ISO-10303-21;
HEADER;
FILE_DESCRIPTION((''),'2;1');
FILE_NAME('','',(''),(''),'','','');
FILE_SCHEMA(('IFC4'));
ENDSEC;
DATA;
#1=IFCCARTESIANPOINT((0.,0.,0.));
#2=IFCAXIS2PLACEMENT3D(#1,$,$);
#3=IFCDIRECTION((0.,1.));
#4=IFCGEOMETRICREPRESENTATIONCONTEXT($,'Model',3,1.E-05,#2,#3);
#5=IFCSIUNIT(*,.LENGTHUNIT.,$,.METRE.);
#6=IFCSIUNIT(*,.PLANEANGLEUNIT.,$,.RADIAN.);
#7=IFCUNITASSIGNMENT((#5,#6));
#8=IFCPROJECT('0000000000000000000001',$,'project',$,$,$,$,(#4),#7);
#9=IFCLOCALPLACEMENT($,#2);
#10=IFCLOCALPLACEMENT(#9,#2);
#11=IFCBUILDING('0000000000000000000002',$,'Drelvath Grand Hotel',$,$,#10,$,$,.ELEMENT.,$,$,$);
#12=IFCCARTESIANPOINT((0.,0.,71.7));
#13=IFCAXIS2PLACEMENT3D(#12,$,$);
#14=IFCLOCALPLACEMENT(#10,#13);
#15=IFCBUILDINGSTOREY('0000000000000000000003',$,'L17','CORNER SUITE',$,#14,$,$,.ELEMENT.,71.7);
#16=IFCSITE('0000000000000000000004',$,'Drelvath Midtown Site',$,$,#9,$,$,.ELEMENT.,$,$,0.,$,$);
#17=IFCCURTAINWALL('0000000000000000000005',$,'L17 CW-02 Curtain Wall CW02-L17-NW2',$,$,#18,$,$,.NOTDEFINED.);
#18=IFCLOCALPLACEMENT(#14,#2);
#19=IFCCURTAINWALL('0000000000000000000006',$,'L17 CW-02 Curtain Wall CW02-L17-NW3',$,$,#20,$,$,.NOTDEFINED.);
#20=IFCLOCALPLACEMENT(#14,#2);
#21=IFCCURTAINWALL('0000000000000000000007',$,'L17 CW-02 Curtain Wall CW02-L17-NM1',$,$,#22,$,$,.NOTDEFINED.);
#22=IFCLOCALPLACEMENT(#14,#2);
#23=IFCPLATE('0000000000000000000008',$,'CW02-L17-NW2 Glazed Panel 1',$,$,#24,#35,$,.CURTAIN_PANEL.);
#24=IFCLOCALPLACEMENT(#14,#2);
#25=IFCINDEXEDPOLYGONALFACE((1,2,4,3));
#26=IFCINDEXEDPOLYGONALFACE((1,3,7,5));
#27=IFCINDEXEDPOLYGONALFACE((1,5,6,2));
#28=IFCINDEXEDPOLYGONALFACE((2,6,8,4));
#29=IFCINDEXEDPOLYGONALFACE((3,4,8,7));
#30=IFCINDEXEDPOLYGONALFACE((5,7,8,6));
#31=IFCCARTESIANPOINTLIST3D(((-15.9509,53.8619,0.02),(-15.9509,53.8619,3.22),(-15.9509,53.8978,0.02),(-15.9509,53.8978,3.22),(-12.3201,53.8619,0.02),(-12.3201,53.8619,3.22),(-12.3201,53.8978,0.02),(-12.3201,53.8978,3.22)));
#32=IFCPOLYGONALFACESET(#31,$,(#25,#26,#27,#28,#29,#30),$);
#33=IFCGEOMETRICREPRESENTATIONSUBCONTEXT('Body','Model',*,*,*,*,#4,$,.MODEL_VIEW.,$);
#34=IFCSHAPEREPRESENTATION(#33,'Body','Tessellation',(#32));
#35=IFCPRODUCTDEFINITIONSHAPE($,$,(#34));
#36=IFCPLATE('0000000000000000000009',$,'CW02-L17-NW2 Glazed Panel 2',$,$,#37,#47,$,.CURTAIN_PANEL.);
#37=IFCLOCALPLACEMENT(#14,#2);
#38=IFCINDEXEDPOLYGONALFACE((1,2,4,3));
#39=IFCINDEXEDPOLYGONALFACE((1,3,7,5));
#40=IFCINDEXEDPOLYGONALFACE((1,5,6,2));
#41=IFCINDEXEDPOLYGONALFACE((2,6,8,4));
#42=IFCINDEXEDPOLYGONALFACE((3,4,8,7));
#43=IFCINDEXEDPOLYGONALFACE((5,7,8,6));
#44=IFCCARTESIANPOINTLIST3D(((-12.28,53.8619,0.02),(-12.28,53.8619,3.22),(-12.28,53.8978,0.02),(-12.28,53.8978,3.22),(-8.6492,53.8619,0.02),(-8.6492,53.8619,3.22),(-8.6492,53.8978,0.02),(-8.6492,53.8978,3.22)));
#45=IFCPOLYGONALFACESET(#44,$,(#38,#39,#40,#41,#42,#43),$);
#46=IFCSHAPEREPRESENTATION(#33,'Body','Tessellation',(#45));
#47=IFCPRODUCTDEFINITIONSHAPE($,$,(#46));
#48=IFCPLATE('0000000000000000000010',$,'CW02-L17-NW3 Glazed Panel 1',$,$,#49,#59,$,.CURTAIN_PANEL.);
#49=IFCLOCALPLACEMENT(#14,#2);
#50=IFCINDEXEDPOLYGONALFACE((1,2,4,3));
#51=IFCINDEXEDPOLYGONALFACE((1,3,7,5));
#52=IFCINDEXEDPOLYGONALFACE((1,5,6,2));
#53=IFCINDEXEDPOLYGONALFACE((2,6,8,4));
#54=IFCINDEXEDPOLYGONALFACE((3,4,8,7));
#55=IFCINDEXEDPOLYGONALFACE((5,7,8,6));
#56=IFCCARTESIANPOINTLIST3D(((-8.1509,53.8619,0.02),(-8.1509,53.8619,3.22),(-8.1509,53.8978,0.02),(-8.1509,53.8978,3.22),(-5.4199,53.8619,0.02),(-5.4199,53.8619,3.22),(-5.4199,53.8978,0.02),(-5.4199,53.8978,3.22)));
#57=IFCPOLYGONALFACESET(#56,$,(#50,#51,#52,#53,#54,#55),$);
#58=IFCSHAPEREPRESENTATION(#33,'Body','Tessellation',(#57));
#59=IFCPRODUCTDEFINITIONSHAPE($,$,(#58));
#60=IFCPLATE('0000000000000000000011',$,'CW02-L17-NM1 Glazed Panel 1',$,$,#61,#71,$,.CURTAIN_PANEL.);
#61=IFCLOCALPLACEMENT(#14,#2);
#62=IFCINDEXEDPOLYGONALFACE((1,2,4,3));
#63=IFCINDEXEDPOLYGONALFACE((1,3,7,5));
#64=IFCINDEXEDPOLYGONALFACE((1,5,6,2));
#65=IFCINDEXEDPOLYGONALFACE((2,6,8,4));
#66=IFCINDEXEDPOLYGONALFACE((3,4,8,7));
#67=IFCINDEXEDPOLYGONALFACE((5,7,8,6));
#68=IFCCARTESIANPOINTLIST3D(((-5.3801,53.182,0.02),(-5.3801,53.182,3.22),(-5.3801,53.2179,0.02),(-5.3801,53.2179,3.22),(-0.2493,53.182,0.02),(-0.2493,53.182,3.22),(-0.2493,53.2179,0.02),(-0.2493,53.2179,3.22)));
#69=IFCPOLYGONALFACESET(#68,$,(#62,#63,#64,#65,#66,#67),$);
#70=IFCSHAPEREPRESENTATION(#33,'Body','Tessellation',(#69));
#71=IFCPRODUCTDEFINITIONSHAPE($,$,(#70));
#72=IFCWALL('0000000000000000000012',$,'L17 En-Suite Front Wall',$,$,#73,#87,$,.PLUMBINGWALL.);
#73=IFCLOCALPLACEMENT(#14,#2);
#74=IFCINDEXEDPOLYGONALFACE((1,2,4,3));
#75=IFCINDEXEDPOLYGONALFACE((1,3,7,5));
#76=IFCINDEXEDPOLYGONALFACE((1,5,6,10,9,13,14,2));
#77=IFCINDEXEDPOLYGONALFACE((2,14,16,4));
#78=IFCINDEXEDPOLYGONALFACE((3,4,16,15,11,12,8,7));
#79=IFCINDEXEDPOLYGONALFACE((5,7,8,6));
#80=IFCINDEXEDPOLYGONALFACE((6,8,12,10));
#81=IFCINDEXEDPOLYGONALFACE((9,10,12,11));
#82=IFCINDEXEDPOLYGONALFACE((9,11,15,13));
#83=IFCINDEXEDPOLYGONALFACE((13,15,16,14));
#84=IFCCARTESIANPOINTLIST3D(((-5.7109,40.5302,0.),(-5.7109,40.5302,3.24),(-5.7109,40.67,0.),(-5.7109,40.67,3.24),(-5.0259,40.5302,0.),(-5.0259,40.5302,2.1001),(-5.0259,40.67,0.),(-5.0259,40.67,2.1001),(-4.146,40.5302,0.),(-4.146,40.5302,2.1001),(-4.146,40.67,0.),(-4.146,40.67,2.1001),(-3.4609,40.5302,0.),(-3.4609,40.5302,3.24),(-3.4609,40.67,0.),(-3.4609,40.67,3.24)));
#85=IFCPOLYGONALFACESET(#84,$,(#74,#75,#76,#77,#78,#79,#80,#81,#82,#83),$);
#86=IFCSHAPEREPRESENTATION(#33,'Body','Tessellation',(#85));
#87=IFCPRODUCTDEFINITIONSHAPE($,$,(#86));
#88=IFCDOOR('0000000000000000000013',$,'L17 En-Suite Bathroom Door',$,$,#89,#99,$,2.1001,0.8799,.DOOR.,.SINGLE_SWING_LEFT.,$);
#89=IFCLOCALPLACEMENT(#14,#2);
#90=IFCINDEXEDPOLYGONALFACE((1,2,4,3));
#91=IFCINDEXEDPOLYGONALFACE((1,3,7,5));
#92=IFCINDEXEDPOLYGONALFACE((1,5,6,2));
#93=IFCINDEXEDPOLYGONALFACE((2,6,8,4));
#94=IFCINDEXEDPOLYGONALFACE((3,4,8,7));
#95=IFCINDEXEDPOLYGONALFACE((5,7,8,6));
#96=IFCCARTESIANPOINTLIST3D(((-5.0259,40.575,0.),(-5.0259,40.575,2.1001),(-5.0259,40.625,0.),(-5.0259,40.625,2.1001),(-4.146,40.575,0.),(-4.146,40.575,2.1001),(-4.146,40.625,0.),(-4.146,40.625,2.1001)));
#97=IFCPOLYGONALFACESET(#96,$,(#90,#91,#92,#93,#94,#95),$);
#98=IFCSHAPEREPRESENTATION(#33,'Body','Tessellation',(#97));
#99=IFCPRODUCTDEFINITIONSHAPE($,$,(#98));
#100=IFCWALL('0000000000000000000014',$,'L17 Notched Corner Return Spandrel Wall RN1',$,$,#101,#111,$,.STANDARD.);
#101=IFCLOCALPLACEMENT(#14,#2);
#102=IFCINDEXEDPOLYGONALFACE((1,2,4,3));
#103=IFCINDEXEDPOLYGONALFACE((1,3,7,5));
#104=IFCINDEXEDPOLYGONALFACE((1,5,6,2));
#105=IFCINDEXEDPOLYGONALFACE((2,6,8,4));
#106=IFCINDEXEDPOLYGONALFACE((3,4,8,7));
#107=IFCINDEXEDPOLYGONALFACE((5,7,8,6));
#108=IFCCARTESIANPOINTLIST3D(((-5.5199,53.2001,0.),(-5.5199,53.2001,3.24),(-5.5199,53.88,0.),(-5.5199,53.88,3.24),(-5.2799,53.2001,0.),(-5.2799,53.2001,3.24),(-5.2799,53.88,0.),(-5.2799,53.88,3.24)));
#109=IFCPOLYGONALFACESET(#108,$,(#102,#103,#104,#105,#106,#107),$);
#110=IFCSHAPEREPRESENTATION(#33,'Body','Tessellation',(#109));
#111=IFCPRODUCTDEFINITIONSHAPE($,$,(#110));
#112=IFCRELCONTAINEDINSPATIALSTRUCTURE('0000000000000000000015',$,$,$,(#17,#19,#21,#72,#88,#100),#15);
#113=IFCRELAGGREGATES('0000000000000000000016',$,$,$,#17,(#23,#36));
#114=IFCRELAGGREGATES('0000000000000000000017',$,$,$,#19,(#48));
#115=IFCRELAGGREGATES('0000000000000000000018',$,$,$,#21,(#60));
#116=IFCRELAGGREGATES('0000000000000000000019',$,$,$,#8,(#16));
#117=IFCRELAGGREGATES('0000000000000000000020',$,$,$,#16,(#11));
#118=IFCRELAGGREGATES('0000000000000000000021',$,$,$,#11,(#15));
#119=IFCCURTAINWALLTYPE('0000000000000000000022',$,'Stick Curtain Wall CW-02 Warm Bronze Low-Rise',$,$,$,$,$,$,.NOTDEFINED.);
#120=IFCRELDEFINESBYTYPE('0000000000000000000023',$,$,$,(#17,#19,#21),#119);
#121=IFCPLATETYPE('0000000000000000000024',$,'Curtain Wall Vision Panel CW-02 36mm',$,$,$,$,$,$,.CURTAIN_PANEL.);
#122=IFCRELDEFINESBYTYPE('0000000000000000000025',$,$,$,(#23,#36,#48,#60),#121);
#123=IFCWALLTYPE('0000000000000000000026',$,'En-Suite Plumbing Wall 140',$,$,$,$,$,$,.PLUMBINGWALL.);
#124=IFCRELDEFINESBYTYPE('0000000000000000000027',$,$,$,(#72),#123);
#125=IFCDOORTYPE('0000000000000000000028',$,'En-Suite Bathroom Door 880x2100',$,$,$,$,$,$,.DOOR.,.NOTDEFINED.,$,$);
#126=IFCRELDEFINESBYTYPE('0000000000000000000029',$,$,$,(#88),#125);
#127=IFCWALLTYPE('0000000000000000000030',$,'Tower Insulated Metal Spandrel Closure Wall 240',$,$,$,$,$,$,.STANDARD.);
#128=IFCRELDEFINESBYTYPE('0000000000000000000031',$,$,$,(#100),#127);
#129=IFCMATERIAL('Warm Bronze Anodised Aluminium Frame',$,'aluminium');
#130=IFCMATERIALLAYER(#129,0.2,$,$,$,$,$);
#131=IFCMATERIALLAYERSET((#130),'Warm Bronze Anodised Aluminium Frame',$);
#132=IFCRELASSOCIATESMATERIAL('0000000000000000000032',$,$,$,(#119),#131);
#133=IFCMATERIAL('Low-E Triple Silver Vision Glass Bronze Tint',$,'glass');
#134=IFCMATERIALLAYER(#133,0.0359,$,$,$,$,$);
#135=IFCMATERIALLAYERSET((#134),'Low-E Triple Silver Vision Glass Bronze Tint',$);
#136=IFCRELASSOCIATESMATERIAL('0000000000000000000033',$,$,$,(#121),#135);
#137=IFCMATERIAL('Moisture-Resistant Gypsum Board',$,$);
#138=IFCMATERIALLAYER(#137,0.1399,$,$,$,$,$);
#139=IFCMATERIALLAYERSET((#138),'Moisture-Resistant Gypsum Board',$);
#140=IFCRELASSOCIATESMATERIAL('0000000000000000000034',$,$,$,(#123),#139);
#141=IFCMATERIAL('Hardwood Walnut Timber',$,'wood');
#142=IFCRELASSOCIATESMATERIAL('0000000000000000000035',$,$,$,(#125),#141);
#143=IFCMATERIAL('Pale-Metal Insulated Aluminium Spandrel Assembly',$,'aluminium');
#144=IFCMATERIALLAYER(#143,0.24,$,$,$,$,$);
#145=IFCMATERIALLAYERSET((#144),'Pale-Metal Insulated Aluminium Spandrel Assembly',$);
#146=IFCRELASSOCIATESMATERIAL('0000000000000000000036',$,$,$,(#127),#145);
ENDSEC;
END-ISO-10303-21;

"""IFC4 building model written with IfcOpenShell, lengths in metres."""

from ifc_helpers import new_model, si_unit, direction, frame, frame_2d, origin, origin_2d, place, context, subcontext, project, spatial, rectangle, extrude, material, layer, layer_set, type_object, element, fill, aggregate, save


model = new_model("IFC4")

# Units and contexts
model_context = context("Model", 3, precision=1e-05, world=origin(), true_north=direction((0.0, 1.0)))
body_context = subcontext(model_context, "Body", "Model", "MODEL_VIEW")
ifc_project = project(units=[si_unit("LENGTHUNIT", "METRE"), si_unit("PLANEANGLEUNIT", "RADIAN")], contexts=[model_context])

# Site, building, storey
site_placement = place(None, origin())
site = spatial("IfcSite", under=ifc_project, at=site_placement, Name="Drelvath Midtown Site", CompositionType="ELEMENT", RefElevation=0.0)
building_placement = place(site_placement, origin())
building = spatial("IfcBuilding", under=site, at=building_placement, Name="Drelvath Grand Hotel", CompositionType="ELEMENT")
storey_placement = place(building_placement, frame((0.0, 0.0, 71.7)))
storey = spatial("IfcBuildingStorey", under=building, at=storey_placement, Name="L17", Description="CORNER SUITE", CompositionType="ELEMENT", Elevation=71.7)

# Curtain walls
ifc_material_1 = material(Name="Warm Bronze Anodised Aluminium Frame", Category="aluminium")
ifc_layer_1 = layer(ifc_material_1, 0.2)
ifc_layer_set_1 = layer_set([ifc_layer_1], Name="Warm Bronze Anodised Aluminium Frame")
curtain_wall_type = type_object("IfcCurtainWallType", Name="Stick Curtain Wall CW-02 Warm Bronze Low-Rise", PredefinedType="NOTDEFINED", material=ifc_layer_set_1)
curtain_wall_1_placement = place(storey_placement, origin())
curtain_wall_1 = element("IfcCurtainWall", 1, at=curtain_wall_1_placement, inside=storey, type_object=curtain_wall_type, Name="L17 CW-02 Curtain Wall CW02-L17-NW2", PredefinedType="NOTDEFINED")
curtain_wall_2_placement = place(storey_placement, origin())
curtain_wall_2 = element("IfcCurtainWall", 2, at=curtain_wall_2_placement, inside=storey, type_object=curtain_wall_type, Name="L17 CW-02 Curtain Wall CW02-L17-NW3", PredefinedType="NOTDEFINED")
curtain_wall_3_placement = place(storey_placement, origin())
curtain_wall_3 = element("IfcCurtainWall", 3, at=curtain_wall_3_placement, inside=storey, type_object=curtain_wall_type, Name="L17 CW-02 Curtain Wall CW02-L17-NM1", PredefinedType="NOTDEFINED")

# Plates
ifc_material_2 = material(Name="Low-E Triple Silver Vision Glass Bronze Tint", Category="glass")
ifc_layer_2 = layer(ifc_material_2, 0.0359)
ifc_layer_set_2 = layer_set([ifc_layer_2], Name="Low-E Triple Silver Vision Glass Bronze Tint")
plate_type = type_object("IfcPlateType", Name="Curtain Wall Vision Panel CW-02 36mm", PredefinedType="CURTAIN_PANEL", material=ifc_layer_set_2)
plate_1_placement = place(storey_placement, frame((-14.1355, 53.8799, 0.02), z_axis=(0.0, 0.0, 1.0), x_axis=(1.0, 0.0, 0.0)))
plate_1 = element("IfcPlate", 4, at=plate_1_placement, type_object=plate_type, Name="CW02-L17-NW2 Glazed Panel 1", PredefinedType="CURTAIN_PANEL", context=body_context, shape_type="SweptSolid", body=[
    extrude(rectangle(XDim=3.6309, YDim=0.0359, at=origin_2d()), origin(), (0.0, 0.0, 1.0), 3.2),
])
plate_2_placement = place(storey_placement, frame((-10.4646, 53.8799, 0.02), z_axis=(0.0, 0.0, 1.0), x_axis=(1.0, 0.0, 0.0)))
plate_2 = element("IfcPlate", 5, at=plate_2_placement, type_object=plate_type, Name="CW02-L17-NW2 Glazed Panel 2", PredefinedType="CURTAIN_PANEL", context=body_context, shape_type="SweptSolid", body=[
    extrude(rectangle(XDim=3.6309, YDim=0.0359, at=origin_2d()), origin(), (0.0, 0.0, 1.0), 3.2),
])
aggregate(curtain_wall_1, [plate_1, plate_2])
plate_3_placement = place(storey_placement, frame((-6.7854, 53.8799, 0.02), z_axis=(0.0, 0.0, 1.0), x_axis=(1.0, 0.0, 0.0)))
plate_3 = element("IfcPlate", 6, at=plate_3_placement, type_object=plate_type, Name="CW02-L17-NW3 Glazed Panel 1", PredefinedType="CURTAIN_PANEL", context=body_context, shape_type="SweptSolid", body=[
    extrude(rectangle(XDim=2.731, YDim=0.0359, at=origin_2d()), origin(), (0.0, 0.0, 1.0), 3.2),
])
aggregate(curtain_wall_2, [plate_3])
plate_4_placement = place(storey_placement, frame((-2.8147, 53.2, 0.02), z_axis=(0.0, 0.0, 1.0), x_axis=(1.0, 0.0, 0.0)))
plate_4 = element("IfcPlate", 7, at=plate_4_placement, type_object=plate_type, Name="CW02-L17-NM1 Glazed Panel 1", PredefinedType="CURTAIN_PANEL", context=body_context, shape_type="SweptSolid", body=[
    extrude(rectangle(XDim=5.1309, YDim=0.0359, at=origin_2d()), origin(), (0.0, 0.0, 1.0), 3.2),
])
aggregate(curtain_wall_3, [plate_4])

# Wall, opening, door
ifc_material_3 = material(Name="Moisture-Resistant Gypsum Board")
ifc_layer_3 = layer(ifc_material_3, 0.1399)
ifc_layer_set_3 = layer_set([ifc_layer_3], Name="Moisture-Resistant Gypsum Board")
wall_type_1 = type_object("IfcWallType", Name="En-Suite Plumbing Wall 140", PredefinedType="PLUMBINGWALL", material=ifc_layer_set_3)
wall_1_placement = place(storey_placement, frame((-5.7109, 40.6001, 0.0), z_axis=(0.0, 0.0, 1.0), x_axis=(1.0, 0.0, 0.0)))
wall_1 = element("IfcWall", 8, at=wall_1_placement, inside=storey, type_object=wall_type_1, Name="L17 En-Suite Front Wall", PredefinedType="PLUMBINGWALL", context=body_context, shape_type="SweptSolid", body=[
    extrude(rectangle(XDim=2.25, YDim=0.1399, at=frame_2d((1.125, 0.0))), origin(), (0.0, 0.0, 1.0), 3.24),
])
opening_placement = place(wall_1_placement, frame((0.6851, 0.0, 0.0)))
opening = element("IfcOpeningElement", 9, at=opening_placement, cuts=wall_1, PredefinedType="OPENING", context=body_context, shape_type="SweptSolid", body=[
    extrude(rectangle(XDim=0.8799, YDim=2.1001, at=frame_2d((0.4399, 1.05))), frame((0.0, 0.0798, 0.0), z_axis=(0.0, -1.0, 0.0), x_axis=(1.0, 0.0, 0.0)), (0.0, 0.0, 1.0), 0.1599),
])
ifc_material_4 = material(Name="Hardwood Walnut Timber", Category="wood")
door_type = type_object("IfcDoorType", Name="En-Suite Bathroom Door 880x2100", OperationType="NOTDEFINED", PredefinedType="DOOR", material=ifc_material_4)
door_placement = place(opening_placement, origin())
door = element("IfcDoor", 10, at=door_placement, inside=storey, type_object=door_type, Name="L17 En-Suite Bathroom Door", OperationType="SINGLE_SWING_LEFT", OverallHeight=2.1001, OverallWidth=0.8799, PredefinedType="DOOR", context=body_context, shape_type="SweptSolid", body=[
    extrude(rectangle(XDim=0.8799, YDim=2.1001, at=frame_2d((0.4399, 1.05))), frame((0.0, 0.0249, 0.0), z_axis=(0.0, -1.0, 0.0), x_axis=(1.0, 0.0, 0.0)), (0.0, 0.0, 1.0), 0.05),
])
fill(opening, door)

# Wall
ifc_material_5 = material(Name="Pale-Metal Insulated Aluminium Spandrel Assembly", Category="aluminium")
ifc_layer_4 = layer(ifc_material_5, 0.24)
ifc_layer_set_4 = layer_set([ifc_layer_4], Name="Pale-Metal Insulated Aluminium Spandrel Assembly")
wall_type_2 = type_object("IfcWallType", Name="Tower Insulated Metal Spandrel Closure Wall 240", PredefinedType="STANDARD", material=ifc_layer_set_4)
wall_2_placement = place(storey_placement, frame((-5.3999, 53.8799, 0.0), z_axis=(0.0, 0.0, 1.0), x_axis=(0.0, -1.0, 0.0)))
element("IfcWall", 11, at=wall_2_placement, inside=storey, type_object=wall_type_2, Name="L17 Notched Corner Return Spandrel Wall RN1", PredefinedType="STANDARD", context=body_context, shape_type="SweptSolid", body=[
    extrude(rectangle(XDim=0.6799, YDim=0.24, at=frame_2d((0.3398, 0.0))), origin(), (0.0, 0.0, 1.0), 3.24),
])

save(model, "model.ifc")
